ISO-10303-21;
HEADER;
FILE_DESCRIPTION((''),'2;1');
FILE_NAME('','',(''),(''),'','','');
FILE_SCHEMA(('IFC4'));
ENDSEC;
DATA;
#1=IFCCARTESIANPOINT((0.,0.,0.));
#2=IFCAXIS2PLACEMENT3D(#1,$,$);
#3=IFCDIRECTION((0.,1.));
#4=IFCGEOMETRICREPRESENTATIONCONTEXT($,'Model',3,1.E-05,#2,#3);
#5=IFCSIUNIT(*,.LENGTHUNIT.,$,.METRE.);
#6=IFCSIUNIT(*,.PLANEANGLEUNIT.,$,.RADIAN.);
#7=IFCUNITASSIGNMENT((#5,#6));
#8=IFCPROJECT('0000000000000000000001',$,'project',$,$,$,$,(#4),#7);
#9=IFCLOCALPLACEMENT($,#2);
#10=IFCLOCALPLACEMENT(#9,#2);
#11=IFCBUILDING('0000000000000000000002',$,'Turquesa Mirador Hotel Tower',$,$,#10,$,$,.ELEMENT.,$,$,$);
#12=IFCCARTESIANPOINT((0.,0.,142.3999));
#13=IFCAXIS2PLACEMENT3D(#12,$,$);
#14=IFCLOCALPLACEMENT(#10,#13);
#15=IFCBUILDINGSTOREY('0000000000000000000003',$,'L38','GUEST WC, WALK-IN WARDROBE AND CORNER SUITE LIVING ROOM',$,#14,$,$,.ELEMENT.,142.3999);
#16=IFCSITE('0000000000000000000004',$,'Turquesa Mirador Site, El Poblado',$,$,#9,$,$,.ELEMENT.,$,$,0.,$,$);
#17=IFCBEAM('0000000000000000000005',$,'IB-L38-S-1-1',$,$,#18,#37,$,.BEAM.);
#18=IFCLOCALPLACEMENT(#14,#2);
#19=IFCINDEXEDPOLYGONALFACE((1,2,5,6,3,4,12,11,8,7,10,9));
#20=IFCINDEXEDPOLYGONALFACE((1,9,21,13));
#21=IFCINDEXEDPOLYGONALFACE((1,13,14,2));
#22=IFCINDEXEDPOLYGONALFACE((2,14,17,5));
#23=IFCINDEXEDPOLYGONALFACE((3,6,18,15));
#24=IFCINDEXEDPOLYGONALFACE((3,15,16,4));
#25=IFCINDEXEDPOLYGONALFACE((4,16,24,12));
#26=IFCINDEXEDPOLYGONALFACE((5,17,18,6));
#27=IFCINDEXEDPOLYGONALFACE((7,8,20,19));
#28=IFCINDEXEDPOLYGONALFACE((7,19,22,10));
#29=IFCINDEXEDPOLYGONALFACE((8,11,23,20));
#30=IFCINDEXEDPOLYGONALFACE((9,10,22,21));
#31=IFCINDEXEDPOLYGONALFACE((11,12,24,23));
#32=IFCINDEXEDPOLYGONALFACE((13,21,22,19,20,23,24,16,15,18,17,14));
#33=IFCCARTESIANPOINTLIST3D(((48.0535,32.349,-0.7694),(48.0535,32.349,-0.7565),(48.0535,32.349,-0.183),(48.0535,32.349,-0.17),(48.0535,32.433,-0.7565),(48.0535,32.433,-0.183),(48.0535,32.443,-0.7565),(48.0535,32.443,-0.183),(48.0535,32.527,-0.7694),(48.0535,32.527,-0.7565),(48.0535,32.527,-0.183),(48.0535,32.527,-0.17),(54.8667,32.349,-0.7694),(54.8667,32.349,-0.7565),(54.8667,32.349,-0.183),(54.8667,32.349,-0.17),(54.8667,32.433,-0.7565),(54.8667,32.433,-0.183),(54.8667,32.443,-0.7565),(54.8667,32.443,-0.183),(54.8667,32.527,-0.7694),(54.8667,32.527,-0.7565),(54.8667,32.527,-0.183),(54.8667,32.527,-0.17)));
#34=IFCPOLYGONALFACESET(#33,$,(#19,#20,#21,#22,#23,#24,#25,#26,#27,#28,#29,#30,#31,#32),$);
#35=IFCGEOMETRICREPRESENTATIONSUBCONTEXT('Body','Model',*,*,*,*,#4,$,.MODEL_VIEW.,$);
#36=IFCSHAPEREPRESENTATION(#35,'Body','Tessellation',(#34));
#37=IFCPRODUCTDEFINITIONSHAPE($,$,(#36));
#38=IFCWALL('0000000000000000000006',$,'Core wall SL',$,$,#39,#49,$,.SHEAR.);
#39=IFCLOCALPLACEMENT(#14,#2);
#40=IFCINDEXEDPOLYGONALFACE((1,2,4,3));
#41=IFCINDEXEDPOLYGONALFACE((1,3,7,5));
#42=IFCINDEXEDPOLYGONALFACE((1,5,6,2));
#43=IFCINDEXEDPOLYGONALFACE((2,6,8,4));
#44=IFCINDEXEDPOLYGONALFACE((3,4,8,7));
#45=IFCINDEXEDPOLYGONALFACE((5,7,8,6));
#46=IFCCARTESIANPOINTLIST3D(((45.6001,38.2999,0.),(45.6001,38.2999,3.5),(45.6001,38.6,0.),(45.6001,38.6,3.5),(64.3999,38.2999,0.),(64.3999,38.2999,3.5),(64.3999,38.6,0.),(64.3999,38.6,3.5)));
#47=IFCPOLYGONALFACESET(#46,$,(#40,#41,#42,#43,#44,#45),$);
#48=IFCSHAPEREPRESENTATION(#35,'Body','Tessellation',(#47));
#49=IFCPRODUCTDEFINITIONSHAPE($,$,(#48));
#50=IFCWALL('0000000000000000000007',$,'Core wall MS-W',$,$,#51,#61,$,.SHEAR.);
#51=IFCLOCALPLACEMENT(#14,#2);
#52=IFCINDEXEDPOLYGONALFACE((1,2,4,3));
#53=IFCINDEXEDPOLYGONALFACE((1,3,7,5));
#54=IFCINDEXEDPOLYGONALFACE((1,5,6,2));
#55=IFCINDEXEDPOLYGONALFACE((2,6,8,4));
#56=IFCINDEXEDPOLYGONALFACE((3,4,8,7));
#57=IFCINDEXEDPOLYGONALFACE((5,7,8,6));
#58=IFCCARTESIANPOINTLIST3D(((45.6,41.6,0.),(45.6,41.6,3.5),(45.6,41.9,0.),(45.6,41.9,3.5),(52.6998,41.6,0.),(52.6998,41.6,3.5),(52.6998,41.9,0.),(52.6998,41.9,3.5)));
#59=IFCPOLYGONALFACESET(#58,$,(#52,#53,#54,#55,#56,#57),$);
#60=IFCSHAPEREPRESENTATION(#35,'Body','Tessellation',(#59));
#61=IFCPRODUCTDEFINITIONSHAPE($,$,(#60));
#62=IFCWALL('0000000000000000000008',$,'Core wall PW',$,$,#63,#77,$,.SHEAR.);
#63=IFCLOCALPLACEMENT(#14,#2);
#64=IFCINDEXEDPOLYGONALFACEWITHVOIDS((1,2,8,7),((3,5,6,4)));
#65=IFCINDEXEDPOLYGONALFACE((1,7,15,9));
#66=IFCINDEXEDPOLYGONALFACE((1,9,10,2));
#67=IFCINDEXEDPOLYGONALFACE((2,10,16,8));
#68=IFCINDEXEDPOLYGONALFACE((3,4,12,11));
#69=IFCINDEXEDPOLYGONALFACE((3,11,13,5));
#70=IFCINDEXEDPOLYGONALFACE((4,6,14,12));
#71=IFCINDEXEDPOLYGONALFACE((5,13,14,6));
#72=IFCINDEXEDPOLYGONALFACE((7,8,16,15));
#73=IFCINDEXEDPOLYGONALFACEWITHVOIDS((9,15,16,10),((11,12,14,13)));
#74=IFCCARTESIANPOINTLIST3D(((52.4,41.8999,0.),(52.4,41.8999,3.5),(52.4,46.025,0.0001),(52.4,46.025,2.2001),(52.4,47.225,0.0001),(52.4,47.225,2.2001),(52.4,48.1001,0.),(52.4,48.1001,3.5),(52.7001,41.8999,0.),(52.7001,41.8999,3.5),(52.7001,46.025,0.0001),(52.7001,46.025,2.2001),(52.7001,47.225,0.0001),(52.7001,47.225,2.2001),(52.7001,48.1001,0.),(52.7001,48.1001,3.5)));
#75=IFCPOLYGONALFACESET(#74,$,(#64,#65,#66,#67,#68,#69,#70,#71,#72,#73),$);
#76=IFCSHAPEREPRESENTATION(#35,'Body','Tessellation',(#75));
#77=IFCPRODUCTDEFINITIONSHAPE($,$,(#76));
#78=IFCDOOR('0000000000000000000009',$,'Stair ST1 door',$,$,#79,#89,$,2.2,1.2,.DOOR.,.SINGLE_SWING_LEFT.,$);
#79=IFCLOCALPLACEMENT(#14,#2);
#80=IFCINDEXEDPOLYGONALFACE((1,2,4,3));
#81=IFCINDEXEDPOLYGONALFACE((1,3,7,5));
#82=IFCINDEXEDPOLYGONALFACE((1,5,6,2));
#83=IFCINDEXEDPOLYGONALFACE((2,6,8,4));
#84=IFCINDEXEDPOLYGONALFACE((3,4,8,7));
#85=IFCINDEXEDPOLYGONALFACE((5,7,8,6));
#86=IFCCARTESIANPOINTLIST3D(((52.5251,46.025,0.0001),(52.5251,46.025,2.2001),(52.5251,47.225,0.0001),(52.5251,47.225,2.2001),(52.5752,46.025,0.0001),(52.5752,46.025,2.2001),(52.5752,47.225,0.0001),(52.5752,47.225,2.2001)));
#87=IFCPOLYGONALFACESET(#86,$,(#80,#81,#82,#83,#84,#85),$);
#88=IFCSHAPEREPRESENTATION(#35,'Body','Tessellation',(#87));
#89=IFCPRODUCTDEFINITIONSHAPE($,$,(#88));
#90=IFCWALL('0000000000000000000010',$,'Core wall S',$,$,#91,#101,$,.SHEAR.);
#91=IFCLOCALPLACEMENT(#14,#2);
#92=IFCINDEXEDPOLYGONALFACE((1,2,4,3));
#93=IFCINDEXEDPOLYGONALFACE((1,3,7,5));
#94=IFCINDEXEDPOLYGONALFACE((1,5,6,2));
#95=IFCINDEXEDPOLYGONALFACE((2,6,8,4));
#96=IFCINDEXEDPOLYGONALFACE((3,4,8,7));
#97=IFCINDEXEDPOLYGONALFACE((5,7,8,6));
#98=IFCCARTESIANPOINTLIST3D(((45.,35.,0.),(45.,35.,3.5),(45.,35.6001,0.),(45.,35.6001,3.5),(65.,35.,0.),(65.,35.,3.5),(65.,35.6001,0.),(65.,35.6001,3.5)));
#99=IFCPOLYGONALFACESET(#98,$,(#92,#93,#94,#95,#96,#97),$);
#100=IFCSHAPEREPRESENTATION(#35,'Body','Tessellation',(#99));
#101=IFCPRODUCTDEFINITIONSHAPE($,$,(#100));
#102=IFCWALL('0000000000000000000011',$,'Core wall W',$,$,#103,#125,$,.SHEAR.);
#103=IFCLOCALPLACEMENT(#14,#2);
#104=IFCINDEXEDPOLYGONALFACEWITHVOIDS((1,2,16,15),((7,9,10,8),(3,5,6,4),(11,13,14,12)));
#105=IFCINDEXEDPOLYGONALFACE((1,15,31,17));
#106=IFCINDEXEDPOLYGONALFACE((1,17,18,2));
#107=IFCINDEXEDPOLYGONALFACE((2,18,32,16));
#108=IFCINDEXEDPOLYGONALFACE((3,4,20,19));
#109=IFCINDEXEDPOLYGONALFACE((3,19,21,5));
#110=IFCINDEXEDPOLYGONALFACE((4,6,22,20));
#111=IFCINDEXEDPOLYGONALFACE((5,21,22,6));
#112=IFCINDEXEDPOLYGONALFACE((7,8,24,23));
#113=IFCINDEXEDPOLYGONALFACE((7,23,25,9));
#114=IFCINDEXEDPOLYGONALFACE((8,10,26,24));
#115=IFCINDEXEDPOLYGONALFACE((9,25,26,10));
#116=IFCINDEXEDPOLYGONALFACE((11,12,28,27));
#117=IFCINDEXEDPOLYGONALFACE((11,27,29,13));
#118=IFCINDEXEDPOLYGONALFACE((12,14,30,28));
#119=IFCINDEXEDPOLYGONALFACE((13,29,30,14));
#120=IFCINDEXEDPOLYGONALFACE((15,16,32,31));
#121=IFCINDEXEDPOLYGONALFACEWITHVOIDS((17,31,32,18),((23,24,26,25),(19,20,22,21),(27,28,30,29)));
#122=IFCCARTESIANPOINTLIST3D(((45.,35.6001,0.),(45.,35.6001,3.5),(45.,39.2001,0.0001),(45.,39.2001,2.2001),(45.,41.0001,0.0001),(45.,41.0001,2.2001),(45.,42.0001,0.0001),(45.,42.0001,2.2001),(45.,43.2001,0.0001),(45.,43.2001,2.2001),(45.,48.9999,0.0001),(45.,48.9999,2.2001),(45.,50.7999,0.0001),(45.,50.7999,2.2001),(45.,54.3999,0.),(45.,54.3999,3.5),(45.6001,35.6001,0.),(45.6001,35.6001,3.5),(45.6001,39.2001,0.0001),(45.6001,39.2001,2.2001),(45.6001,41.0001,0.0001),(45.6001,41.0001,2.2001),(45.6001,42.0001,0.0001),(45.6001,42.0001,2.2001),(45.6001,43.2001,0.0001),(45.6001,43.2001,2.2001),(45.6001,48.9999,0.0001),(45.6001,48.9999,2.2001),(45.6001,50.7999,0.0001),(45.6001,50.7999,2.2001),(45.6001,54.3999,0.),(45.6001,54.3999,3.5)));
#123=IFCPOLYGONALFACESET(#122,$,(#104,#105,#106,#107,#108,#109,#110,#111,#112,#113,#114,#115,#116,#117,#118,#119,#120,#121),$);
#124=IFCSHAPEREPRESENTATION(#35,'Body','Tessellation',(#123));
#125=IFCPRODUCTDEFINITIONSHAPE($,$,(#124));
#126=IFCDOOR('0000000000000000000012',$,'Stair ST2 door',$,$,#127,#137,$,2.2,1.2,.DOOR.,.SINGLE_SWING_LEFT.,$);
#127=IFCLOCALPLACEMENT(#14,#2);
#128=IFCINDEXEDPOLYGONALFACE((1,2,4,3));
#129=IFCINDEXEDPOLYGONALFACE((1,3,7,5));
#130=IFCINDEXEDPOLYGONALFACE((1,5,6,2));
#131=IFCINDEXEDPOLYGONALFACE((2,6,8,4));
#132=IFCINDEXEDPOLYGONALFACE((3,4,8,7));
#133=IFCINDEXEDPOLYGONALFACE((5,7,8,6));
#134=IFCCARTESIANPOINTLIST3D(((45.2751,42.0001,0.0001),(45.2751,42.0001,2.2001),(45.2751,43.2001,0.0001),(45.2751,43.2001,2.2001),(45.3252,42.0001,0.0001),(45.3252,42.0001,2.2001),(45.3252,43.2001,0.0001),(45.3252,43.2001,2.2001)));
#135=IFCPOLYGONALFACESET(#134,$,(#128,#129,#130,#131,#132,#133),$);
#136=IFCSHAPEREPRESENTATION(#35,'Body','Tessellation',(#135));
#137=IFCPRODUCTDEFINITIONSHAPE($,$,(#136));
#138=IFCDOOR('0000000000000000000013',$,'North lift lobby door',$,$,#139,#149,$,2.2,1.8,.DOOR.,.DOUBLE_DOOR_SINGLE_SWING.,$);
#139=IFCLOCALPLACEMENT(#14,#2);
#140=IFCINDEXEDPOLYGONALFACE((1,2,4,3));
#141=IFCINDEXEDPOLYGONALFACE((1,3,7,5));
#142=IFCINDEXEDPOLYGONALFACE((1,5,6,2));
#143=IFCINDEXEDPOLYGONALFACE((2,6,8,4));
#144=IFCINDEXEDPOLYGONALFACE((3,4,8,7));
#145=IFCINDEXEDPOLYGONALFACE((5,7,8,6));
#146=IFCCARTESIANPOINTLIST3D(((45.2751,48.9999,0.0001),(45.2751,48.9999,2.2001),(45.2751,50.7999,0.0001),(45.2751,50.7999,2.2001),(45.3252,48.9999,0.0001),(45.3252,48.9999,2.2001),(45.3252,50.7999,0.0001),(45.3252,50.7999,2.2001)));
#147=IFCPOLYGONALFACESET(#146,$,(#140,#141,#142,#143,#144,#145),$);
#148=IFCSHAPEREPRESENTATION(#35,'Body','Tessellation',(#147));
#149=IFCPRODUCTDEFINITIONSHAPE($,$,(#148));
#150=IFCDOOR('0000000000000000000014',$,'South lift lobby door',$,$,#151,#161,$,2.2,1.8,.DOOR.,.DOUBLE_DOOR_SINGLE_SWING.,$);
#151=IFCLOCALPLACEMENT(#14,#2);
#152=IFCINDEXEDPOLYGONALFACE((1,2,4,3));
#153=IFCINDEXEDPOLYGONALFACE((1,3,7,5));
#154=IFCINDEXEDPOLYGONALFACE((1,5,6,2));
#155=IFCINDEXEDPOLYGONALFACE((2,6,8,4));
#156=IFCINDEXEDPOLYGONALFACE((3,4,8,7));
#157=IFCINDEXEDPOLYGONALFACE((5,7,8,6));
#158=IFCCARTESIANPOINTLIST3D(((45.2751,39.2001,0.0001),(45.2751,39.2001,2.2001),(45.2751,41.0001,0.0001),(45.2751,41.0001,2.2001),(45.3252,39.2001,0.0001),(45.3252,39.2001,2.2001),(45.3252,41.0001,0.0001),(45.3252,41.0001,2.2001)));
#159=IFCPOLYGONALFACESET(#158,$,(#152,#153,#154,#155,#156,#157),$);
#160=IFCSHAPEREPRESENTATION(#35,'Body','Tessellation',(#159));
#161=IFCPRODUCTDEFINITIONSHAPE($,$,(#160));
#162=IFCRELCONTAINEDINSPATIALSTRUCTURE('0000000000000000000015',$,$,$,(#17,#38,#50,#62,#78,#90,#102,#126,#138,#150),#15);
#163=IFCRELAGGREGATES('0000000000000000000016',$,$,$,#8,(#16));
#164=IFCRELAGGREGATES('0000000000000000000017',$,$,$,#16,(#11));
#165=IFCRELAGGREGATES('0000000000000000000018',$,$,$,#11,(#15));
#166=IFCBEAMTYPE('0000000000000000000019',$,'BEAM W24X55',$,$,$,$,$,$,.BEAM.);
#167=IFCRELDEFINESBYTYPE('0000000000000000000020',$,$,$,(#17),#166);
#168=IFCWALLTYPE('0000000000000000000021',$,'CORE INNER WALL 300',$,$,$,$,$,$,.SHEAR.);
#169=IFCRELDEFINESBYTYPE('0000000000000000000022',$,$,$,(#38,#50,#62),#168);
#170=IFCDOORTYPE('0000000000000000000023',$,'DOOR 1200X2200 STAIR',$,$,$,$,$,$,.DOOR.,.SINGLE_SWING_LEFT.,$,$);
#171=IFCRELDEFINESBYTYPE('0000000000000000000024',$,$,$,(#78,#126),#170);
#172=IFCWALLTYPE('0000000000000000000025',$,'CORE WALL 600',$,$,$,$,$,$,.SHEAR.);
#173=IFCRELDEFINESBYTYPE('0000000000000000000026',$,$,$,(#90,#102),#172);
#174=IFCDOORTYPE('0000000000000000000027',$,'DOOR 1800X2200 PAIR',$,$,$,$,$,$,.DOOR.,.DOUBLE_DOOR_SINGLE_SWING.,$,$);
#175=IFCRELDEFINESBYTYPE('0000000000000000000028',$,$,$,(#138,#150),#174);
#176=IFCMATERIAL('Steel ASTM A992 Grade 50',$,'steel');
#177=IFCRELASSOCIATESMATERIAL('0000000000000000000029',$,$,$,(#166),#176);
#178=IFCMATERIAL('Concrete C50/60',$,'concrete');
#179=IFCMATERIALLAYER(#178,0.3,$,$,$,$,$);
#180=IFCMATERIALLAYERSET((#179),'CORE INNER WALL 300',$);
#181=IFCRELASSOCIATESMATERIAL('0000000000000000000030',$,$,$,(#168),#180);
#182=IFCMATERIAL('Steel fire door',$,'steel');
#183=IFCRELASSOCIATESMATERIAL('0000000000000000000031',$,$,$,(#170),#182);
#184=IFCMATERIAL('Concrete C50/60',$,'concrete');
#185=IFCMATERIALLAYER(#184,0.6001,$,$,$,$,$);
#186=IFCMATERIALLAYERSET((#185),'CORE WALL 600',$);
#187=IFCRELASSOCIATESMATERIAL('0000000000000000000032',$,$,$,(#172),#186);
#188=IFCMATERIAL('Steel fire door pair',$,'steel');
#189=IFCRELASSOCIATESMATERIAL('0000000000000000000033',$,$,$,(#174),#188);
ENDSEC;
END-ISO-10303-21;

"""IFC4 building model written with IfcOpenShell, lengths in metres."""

from ifc_helpers import new_model, si_unit, direction, frame, frame_2d, origin, origin_2d, place, context, subcontext, project, spatial, rectangle, i_section, extrude, material, layer, layer_set, material_profile, profile_set, type_object, element, fill, save


model = new_model("IFC4")

# Units and contexts
model_context = context("Model", 3, precision=1e-05, world=origin(), true_north=direction((0.0, 1.0)))
body_context = subcontext(model_context, "Body", "Model", "MODEL_VIEW")
ifc_project = project(units=[si_unit("LENGTHUNIT", "METRE"), si_unit("PLANEANGLEUNIT", "RADIAN")], contexts=[model_context])

# Site, building, storey
site_placement = place(None, origin())
site = spatial("IfcSite", under=ifc_project, at=site_placement, Name="Turquesa Mirador Site, El Poblado", CompositionType="ELEMENT", RefElevation=0.0)
building_placement = place(site_placement, origin())
building = spatial("IfcBuilding", under=site, at=building_placement, Name="Turquesa Mirador Hotel Tower", CompositionType="ELEMENT")
storey_placement = place(building_placement, frame((0.0, 0.0, 142.3999)))
storey = spatial("IfcBuildingStorey", under=building, at=storey_placement, Name="L38", Description="GUEST WC, WALK-IN WARDROBE AND CORNER SUITE LIVING ROOM", CompositionType="ELEMENT", Elevation=142.3999)

# Beam
ifc_material_1 = material(Name="Steel ASTM A992 Grade 50", Category="steel")
ifc_material_profile = material_profile(ifc_material_1, i_section(OverallWidth=0.178, OverallDepth=0.5994, WebThickness=0.01, FlangeThickness=0.0129, at=origin_2d()), Name="W24X55")
ifc_profile_set = profile_set([ifc_material_profile], Name="Steel ASTM A992 Grade 50")
beam_type = type_object("IfcBeamType", Name="BEAM W24X55", PredefinedType="BEAM", material=ifc_profile_set)
beam_placement = place(storey_placement, frame((48.0535, 32.438, -0.4697), z_axis=(1.0, 0.0, 0.0), x_axis=(0.0, 1.0, 0.0)))
element("IfcBeam", 1, at=beam_placement, inside=storey, type_object=beam_type, Name="IB-L38-S-1-1", PredefinedType="BEAM", context=body_context, shape_type="SweptSolid", body=[
    extrude(i_section(OverallWidth=0.178, OverallDepth=0.5994, WebThickness=0.01, FlangeThickness=0.0129, at=origin_2d()), origin(), (0.0, 0.0, 1.0), 6.8132),
])

# Walls
ifc_material_2 = material(Name="Concrete C50/60", Category="concrete")
ifc_layer_1 = layer(ifc_material_2, 0.3)
ifc_layer_set_1 = layer_set([ifc_layer_1], Name="CORE INNER WALL 300")
wall_type_1 = type_object("IfcWallType", Name="CORE INNER WALL 300", PredefinedType="SHEAR", material=ifc_layer_set_1)
wall_1_placement = place(storey_placement, frame((45.6001, 38.45, 0.0), z_axis=(0.0, 0.0, 1.0), x_axis=(1.0, 0.0, 0.0)))
element("IfcWall", 2, at=wall_1_placement, inside=storey, type_object=wall_type_1, Name="Core wall SL", PredefinedType="SHEAR", context=body_context, shape_type="SweptSolid", body=[
    extrude(rectangle(XDim=18.7998, YDim=0.3, at=frame_2d((9.3999, 0.0))), origin(), (0.0, 0.0, 1.0), 3.5),
])
wall_2_placement = place(storey_placement, frame((45.6001, 41.75, 0.0), z_axis=(0.0, 0.0, 1.0), x_axis=(1.0, 0.0, 0.0)))
element("IfcWall", 3, at=wall_2_placement, inside=storey, type_object=wall_type_1, Name="Core wall MS-W", PredefinedType="SHEAR", context=body_context, shape_type="SweptSolid", body=[
    extrude(rectangle(XDim=7.0999, YDim=0.3, at=frame_2d((3.5498, 0.0))), origin(), (0.0, 0.0, 1.0), 3.5),
])

# Wall, opening, door
wall_3_placement = place(storey_placement, frame((52.55, 41.8999, 0.0), z_axis=(0.0, 0.0, 1.0), x_axis=(0.0, 1.0, 0.0)))
wall_3 = element("IfcWall", 4, at=wall_3_placement, inside=storey, type_object=wall_type_1, Name="Core wall PW", PredefinedType="SHEAR", context=body_context, shape_type="SweptSolid", body=[
    extrude(rectangle(XDim=6.2002, YDim=0.3, at=frame_2d((3.1001, 0.0))), origin(), (0.0, 0.0, 1.0), 3.5),
])
opening_1_placement = place(wall_3_placement, frame((4.125, 0.0, 0.0)))
opening_1 = element("IfcOpeningElement", 5, at=opening_1_placement, cuts=wall_3, PredefinedType="OPENING", context=body_context, shape_type="SweptSolid", body=[
    extrude(rectangle(XDim=1.2, YDim=2.2, at=frame_2d((0.6001, 1.1001))), frame((0.0, 0.1599, 0.0), z_axis=(0.0, -1.0, 0.0), x_axis=(1.0, 0.0, 0.0)), (0.0, 0.0, 1.0), 0.3201),
])
ifc_material_3 = material(Name="Steel fire door", Category="steel")
door_type_1 = type_object("IfcDoorType", Name="DOOR 1200X2200 STAIR", OperationType="SINGLE_SWING_LEFT", PredefinedType="DOOR", material=ifc_material_3)
door_1_placement = place(opening_1_placement, origin())
door_1 = element("IfcDoor", 6, at=door_1_placement, inside=storey, type_object=door_type_1, Name="Stair ST1 door", OperationType="SINGLE_SWING_LEFT", OverallHeight=2.2, OverallWidth=1.2, PredefinedType="DOOR", context=body_context, shape_type="SweptSolid", body=[
    extrude(rectangle(XDim=1.2, YDim=2.2, at=frame_2d((0.6001, 1.1001))), frame((0.0, 0.0249, 0.0), z_axis=(0.0, -1.0, 0.0), x_axis=(1.0, 0.0, 0.0)), (0.0, 0.0, 1.0), 0.05),
])
fill(opening_1, door_1)

# Wall
ifc_material_4 = material(Name="Concrete C50/60", Category="concrete")
ifc_layer_2 = layer(ifc_material_4, 0.6001)
ifc_layer_set_2 = layer_set([ifc_layer_2], Name="CORE WALL 600")
wall_type_2 = type_object("IfcWallType", Name="CORE WALL 600", PredefinedType="SHEAR", material=ifc_layer_set_2)
wall_4_placement = place(storey_placement, frame((45.0, 35.3, 0.0), z_axis=(0.0, 0.0, 1.0), x_axis=(1.0, 0.0, 0.0)))
element("IfcWall", 7, at=wall_4_placement, inside=storey, type_object=wall_type_2, Name="Core wall S", PredefinedType="SHEAR", context=body_context, shape_type="SweptSolid", body=[
    extrude(rectangle(XDim=20.0, YDim=0.6001, at=frame_2d((10.0, 0.0))), origin(), (0.0, 0.0, 1.0), 3.5),
])

# Wall, openings, doors
wall_5_placement = place(storey_placement, frame((45.3, 35.6001, 0.0), z_axis=(0.0, 0.0, 1.0), x_axis=(0.0, 1.0, 0.0)))
wall_5 = element("IfcWall", 8, at=wall_5_placement, inside=storey, type_object=wall_type_2, Name="Core wall W", PredefinedType="SHEAR", context=body_context, shape_type="SweptSolid", body=[
    extrude(rectangle(XDim=18.7998, YDim=0.6001, at=frame_2d((9.3999, 0.0))), origin(), (0.0, 0.0, 1.0), 3.5),
])
opening_2_placement = place(wall_5_placement, frame((13.3999, 0.0, 0.0)))
opening_2 = element("IfcOpeningElement", 9, at=opening_2_placement, cuts=wall_5, PredefinedType="OPENING", context=body_context, shape_type="SweptSolid", body=[
    extrude(rectangle(XDim=1.8, YDim=2.2, at=frame_2d((0.8999, 1.1001))), frame((0.0, 0.3101, 0.0), z_axis=(0.0, -1.0, 0.0), x_axis=(1.0, 0.0, 0.0)), (0.0, 0.0, 1.0), 0.6201),
])
opening_3_placement = place(wall_5_placement, frame((3.6001, 0.0, 0.0)))
opening_3 = element("IfcOpeningElement", 10, at=opening_3_placement, cuts=wall_5, PredefinedType="OPENING", context=body_context, shape_type="SweptSolid", body=[
    extrude(rectangle(XDim=1.8, YDim=2.2, at=frame_2d((0.8999, 1.1001))), frame((0.0, 0.3101, 0.0), z_axis=(0.0, -1.0, 0.0), x_axis=(1.0, 0.0, 0.0)), (0.0, 0.0, 1.0), 0.6201),
])
opening_4_placement = place(wall_5_placement, frame((6.3999, 0.0, 0.0)))
opening_4 = element("IfcOpeningElement", 11, at=opening_4_placement, cuts=wall_5, PredefinedType="OPENING", context=body_context, shape_type="SweptSolid", body=[
    extrude(rectangle(XDim=1.2, YDim=2.2, at=frame_2d((0.6001, 1.1001))), frame((0.0, 0.3101, 0.0), z_axis=(0.0, -1.0, 0.0), x_axis=(1.0, 0.0, 0.0)), (0.0, 0.0, 1.0), 0.6201),
])
door_2_placement = place(opening_4_placement, origin())
door_2 = element("IfcDoor", 12, at=door_2_placement, inside=storey, type_object=door_type_1, Name="Stair ST2 door", OperationType="SINGLE_SWING_LEFT", OverallHeight=2.2, OverallWidth=1.2, PredefinedType="DOOR", context=body_context, shape_type="SweptSolid", body=[
    extrude(rectangle(XDim=1.2, YDim=2.2, at=frame_2d((0.6001, 1.1001))), frame((0.0, 0.0249, 0.0), z_axis=(0.0, -1.0, 0.0), x_axis=(1.0, 0.0, 0.0)), (0.0, 0.0, 1.0), 0.05),
])
fill(opening_4, door_2)
ifc_material_5 = material(Name="Steel fire door pair", Category="steel")
door_type_2 = type_object("IfcDoorType", Name="DOOR 1800X2200 PAIR", OperationType="DOUBLE_DOOR_SINGLE_SWING", PredefinedType="DOOR", material=ifc_material_5)
door_3_placement = place(opening_2_placement, origin())
door_3 = element("IfcDoor", 13, at=door_3_placement, inside=storey, type_object=door_type_2, Name="North lift lobby door", OperationType="DOUBLE_DOOR_SINGLE_SWING", OverallHeight=2.2, OverallWidth=1.8, PredefinedType="DOOR", context=body_context, shape_type="SweptSolid", body=[
    extrude(rectangle(XDim=1.8, YDim=2.2, at=frame_2d((0.8999, 1.1001))), frame((0.0, 0.0249, 0.0), z_axis=(0.0, -1.0, 0.0), x_axis=(1.0, 0.0, 0.0)), (0.0, 0.0, 1.0), 0.05),
])
fill(opening_2, door_3)
door_4_placement = place(opening_3_placement, origin())
door_4 = element("IfcDoor", 14, at=door_4_placement, inside=storey, type_object=door_type_2, Name="South lift lobby door", OperationType="DOUBLE_DOOR_SINGLE_SWING", OverallHeight=2.2, OverallWidth=1.8, PredefinedType="DOOR", context=body_context, shape_type="SweptSolid", body=[
    extrude(rectangle(XDim=1.8, YDim=2.2, at=frame_2d((0.8999, 1.1001))), frame((0.0, 0.0249, 0.0), z_axis=(0.0, -1.0, 0.0), x_axis=(1.0, 0.0, 0.0)), (0.0, 0.0, 1.0), 0.05),
])
fill(opening_3, door_4)

save(model, "model.ifc")
